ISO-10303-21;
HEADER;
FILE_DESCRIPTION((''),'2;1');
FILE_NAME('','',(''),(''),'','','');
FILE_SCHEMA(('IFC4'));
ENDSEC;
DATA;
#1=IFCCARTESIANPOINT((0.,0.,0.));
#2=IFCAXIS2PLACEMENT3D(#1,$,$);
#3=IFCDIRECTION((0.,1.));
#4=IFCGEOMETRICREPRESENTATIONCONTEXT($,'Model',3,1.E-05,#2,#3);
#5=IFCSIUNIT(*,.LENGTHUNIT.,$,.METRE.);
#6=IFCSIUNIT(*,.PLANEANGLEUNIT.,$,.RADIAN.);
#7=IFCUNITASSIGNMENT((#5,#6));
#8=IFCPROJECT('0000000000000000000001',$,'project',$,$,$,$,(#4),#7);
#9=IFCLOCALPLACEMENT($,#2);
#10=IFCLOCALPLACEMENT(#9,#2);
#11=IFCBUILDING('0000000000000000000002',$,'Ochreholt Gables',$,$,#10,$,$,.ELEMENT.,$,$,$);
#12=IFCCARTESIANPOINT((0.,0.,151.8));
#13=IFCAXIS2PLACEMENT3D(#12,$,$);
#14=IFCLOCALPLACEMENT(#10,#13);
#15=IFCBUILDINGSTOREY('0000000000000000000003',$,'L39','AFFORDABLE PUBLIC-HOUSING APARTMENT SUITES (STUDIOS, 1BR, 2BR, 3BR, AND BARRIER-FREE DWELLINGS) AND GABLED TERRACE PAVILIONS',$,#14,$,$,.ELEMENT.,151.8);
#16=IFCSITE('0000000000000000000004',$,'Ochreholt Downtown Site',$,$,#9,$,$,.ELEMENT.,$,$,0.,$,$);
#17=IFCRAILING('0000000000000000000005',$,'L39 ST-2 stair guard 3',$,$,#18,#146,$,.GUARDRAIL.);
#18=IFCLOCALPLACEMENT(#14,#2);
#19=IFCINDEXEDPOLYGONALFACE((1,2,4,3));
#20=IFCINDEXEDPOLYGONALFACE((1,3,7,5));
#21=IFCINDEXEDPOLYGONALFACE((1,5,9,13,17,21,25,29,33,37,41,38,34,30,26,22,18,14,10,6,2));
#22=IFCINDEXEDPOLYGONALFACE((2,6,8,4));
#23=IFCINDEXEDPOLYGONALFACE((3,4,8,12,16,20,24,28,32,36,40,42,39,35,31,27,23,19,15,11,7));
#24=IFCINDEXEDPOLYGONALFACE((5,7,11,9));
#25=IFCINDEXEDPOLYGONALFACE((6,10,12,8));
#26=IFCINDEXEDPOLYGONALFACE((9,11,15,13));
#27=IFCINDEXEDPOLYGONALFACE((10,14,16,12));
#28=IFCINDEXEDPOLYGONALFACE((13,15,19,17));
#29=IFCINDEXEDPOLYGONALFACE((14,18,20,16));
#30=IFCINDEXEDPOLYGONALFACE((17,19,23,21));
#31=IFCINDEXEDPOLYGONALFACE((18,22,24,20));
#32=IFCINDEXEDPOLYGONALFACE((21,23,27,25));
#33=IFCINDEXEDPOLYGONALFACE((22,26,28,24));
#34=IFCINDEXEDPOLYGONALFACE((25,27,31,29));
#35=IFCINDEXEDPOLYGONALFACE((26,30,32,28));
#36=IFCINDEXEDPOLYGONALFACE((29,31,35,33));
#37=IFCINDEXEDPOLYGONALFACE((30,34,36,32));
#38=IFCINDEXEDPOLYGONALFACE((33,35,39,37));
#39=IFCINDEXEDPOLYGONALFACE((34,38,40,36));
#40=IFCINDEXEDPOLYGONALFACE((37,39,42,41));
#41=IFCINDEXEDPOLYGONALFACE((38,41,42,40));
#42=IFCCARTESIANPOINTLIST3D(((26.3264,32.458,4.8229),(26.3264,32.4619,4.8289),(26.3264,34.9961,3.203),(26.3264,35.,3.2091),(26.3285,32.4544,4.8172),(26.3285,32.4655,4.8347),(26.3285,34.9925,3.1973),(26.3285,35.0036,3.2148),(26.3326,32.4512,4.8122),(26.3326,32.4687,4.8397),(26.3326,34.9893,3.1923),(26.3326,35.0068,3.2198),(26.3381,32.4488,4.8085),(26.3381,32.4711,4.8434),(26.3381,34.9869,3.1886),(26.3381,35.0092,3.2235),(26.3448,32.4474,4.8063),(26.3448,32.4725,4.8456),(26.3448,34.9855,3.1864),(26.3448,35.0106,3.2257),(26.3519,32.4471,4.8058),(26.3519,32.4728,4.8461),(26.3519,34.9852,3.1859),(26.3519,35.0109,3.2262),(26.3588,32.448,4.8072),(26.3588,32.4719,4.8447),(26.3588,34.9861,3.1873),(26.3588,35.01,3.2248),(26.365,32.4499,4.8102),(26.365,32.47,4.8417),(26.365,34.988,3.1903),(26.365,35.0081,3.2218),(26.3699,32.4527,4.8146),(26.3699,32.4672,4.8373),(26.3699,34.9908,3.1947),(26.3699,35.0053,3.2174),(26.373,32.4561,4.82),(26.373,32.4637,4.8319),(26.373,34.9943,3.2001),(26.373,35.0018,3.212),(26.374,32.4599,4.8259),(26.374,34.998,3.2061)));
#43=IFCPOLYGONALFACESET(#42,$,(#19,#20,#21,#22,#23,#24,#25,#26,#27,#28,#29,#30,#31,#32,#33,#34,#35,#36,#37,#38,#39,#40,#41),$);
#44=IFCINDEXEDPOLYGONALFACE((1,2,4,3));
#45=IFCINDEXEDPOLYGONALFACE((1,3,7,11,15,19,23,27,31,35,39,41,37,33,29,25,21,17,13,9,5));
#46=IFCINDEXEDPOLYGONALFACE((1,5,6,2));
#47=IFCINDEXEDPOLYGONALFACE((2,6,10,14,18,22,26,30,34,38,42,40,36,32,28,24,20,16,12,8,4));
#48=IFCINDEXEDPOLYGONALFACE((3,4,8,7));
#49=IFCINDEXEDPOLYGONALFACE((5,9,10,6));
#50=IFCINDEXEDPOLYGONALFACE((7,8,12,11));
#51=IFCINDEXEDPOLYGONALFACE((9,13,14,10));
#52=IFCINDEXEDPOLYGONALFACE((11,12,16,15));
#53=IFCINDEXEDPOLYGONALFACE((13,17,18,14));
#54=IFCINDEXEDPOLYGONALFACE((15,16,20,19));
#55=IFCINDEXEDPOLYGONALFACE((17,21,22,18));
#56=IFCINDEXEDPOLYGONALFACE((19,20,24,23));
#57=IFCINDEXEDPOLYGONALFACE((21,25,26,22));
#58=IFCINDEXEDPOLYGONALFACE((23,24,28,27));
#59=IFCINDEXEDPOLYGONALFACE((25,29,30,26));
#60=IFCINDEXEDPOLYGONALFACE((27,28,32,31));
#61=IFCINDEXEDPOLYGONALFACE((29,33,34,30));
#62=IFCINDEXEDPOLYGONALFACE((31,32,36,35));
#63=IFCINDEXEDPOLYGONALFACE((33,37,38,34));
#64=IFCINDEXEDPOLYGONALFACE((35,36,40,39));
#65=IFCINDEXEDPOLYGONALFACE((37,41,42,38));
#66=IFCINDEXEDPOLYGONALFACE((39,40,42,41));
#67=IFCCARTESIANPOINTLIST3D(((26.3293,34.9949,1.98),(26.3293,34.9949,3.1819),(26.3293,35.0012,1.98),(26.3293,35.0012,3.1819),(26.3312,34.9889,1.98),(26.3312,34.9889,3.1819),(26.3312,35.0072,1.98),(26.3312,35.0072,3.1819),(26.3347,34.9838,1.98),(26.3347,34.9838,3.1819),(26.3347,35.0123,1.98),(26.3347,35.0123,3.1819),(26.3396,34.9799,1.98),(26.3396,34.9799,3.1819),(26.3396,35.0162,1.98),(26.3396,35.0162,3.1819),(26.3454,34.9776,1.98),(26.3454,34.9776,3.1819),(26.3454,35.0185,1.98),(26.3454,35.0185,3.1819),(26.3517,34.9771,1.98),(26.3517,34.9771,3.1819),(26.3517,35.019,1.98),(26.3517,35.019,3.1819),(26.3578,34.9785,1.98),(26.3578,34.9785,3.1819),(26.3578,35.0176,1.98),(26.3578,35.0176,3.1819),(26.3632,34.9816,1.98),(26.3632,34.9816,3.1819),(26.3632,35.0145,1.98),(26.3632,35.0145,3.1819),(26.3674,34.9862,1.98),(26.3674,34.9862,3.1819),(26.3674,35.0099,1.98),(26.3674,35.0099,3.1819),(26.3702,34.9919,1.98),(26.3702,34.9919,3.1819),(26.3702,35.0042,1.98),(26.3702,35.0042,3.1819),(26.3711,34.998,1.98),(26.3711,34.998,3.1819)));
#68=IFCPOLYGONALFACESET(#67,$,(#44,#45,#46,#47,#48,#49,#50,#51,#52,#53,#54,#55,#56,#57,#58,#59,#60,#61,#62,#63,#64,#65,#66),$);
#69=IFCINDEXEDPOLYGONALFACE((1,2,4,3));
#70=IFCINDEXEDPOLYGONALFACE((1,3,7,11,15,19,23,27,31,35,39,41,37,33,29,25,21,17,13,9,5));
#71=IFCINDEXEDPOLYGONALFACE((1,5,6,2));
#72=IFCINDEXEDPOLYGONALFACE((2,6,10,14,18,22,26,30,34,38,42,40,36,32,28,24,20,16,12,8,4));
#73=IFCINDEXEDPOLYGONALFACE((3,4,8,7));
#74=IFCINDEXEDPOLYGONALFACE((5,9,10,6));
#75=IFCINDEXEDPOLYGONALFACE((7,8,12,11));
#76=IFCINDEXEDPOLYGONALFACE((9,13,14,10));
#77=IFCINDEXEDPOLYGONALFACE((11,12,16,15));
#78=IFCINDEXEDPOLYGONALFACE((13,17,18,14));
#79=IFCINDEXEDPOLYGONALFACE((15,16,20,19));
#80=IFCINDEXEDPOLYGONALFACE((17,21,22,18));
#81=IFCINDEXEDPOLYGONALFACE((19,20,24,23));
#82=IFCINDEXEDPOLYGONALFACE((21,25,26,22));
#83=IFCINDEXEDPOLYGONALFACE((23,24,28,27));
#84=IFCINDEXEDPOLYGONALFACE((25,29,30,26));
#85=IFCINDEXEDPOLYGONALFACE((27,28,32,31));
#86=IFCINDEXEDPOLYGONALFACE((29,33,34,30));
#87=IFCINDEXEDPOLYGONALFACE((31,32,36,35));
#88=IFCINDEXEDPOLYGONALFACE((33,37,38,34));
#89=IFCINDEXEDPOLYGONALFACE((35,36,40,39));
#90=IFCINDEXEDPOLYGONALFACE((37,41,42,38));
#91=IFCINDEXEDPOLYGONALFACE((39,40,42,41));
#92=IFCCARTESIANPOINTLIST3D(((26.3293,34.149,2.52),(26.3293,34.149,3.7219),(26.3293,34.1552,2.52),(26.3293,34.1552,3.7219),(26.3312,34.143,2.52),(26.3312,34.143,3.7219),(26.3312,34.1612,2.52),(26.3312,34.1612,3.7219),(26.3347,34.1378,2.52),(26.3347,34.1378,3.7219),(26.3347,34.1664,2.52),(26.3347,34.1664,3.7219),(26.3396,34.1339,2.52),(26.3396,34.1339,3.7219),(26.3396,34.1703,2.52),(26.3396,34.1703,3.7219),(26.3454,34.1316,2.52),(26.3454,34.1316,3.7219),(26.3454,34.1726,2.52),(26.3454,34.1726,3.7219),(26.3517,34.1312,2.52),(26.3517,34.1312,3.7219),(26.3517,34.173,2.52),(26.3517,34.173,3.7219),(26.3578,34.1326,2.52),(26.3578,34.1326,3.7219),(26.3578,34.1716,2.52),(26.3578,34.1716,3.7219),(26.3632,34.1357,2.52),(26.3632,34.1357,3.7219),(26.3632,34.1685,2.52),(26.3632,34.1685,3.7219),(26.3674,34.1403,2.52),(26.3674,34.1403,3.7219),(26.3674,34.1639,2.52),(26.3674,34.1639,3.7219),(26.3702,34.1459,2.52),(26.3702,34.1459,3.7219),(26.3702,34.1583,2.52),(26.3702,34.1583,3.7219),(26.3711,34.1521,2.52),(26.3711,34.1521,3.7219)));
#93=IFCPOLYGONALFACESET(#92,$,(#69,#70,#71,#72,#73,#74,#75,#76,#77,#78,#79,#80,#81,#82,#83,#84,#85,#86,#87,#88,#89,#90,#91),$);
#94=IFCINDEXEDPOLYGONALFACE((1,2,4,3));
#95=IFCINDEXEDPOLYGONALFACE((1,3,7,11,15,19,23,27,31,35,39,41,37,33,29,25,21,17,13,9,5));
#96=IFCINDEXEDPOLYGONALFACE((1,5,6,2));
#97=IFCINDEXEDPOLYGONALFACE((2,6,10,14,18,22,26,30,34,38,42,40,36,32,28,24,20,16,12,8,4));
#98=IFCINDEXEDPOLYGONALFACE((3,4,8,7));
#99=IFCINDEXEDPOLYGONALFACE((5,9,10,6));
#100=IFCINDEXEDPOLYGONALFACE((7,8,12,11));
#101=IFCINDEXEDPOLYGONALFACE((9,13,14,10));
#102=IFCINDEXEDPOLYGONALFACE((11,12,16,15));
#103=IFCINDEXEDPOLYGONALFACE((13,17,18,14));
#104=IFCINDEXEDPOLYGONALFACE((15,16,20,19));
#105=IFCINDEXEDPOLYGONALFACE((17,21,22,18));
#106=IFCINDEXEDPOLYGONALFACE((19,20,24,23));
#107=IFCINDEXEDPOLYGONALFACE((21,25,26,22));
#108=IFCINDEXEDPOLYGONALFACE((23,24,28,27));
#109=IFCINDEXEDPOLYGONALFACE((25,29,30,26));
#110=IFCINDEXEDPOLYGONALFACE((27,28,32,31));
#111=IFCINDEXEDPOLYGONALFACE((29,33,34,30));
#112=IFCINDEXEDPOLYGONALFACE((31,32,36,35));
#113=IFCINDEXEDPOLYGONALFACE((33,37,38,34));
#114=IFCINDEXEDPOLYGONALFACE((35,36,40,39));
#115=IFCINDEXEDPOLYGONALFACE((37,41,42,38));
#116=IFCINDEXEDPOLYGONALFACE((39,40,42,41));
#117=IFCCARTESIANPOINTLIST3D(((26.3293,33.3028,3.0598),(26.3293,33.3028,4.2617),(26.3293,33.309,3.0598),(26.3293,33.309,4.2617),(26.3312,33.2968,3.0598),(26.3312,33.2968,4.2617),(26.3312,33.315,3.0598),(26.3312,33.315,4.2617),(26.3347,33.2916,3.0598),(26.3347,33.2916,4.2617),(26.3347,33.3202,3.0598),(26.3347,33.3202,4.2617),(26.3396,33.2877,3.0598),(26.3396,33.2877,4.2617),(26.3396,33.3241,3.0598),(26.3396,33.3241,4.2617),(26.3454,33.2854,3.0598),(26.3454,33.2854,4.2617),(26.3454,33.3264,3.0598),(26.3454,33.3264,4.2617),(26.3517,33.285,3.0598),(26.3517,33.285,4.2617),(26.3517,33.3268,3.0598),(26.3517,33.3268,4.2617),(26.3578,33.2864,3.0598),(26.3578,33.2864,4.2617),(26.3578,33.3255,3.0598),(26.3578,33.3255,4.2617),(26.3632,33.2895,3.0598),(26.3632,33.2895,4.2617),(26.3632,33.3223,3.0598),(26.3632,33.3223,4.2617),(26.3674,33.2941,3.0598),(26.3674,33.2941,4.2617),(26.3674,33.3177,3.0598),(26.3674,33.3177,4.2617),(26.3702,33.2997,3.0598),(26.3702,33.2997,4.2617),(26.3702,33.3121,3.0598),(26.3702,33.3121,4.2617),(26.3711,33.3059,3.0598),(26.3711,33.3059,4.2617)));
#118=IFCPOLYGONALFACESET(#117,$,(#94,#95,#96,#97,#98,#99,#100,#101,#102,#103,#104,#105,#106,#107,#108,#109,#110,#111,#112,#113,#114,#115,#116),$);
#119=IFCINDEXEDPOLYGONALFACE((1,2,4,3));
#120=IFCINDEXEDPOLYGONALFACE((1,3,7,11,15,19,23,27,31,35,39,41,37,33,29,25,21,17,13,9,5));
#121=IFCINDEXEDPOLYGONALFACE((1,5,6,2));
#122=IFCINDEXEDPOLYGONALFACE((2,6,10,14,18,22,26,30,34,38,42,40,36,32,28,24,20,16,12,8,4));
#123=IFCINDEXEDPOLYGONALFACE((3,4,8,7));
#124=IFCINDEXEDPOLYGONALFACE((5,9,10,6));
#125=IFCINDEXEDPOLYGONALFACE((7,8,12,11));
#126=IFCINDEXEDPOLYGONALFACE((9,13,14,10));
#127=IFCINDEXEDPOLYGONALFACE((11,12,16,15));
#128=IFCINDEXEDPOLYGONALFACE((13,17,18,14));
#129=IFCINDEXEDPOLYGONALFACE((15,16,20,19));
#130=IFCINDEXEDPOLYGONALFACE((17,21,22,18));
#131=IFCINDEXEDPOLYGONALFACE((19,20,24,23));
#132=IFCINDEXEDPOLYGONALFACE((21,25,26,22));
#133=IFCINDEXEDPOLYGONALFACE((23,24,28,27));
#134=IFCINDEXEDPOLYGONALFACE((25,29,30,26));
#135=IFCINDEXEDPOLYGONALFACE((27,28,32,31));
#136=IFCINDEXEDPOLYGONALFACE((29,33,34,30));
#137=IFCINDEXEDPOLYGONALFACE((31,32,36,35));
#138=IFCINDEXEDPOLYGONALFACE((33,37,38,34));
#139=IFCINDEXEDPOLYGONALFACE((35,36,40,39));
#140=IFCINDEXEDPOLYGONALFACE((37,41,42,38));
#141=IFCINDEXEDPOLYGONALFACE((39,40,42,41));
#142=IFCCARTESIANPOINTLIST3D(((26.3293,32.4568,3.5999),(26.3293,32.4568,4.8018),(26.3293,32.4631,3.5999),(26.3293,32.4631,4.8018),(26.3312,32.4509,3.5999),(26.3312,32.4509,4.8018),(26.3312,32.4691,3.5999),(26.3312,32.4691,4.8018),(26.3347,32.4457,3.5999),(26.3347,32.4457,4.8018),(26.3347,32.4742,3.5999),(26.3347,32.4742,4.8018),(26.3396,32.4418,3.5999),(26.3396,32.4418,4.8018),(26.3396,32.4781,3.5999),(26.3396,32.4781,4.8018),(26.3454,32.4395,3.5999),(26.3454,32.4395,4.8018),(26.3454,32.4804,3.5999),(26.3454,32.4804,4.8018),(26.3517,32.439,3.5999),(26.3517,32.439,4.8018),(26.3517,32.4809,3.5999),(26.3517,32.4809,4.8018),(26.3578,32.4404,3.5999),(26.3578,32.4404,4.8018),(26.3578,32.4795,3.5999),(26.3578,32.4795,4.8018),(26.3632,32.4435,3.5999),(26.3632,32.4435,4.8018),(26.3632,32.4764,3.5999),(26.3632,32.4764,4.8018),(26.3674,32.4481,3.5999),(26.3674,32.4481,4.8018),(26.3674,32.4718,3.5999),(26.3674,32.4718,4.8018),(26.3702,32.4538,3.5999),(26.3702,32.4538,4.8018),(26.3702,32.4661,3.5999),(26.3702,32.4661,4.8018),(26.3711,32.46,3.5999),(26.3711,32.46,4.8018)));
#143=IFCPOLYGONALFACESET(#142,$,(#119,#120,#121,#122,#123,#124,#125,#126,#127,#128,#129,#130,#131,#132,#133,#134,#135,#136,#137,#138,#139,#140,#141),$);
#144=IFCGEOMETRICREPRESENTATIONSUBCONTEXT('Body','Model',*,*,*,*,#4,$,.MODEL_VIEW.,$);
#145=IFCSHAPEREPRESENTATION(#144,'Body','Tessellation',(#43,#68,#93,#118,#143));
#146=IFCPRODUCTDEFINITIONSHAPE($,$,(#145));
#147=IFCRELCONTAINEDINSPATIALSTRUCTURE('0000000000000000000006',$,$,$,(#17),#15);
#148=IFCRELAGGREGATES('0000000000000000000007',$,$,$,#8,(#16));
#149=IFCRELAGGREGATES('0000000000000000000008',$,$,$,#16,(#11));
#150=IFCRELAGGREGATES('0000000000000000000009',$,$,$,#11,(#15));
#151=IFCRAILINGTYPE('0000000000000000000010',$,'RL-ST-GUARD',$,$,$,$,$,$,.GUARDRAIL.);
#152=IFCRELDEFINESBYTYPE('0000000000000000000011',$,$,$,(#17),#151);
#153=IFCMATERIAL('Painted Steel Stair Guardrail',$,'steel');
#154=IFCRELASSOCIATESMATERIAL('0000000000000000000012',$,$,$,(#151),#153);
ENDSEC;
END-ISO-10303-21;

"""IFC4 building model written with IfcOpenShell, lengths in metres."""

from ifc_helpers import new_model, si_unit, direction, frame, origin, origin_2d, place, context, subcontext, project, spatial, circle, extrude, material, type_object, element, save


model = new_model("IFC4")

# Units and contexts
model_context = context("Model", 3, precision=1e-05, world=origin(), true_north=direction((0.0, 1.0)))
body_context = subcontext(model_context, "Body", "Model", "MODEL_VIEW")
ifc_project = project(units=[si_unit("LENGTHUNIT", "METRE"), si_unit("PLANEANGLEUNIT", "RADIAN")], contexts=[model_context])

# Site, building, storey
site_placement = place(None, origin())
site = spatial("IfcSite", under=ifc_project, at=site_placement, Name="Ochreholt Downtown Site", CompositionType="ELEMENT", RefElevation=0.0)
building_placement = place(site_placement, origin())
building = spatial("IfcBuilding", under=site, at=building_placement, Name="Ochreholt Gables", CompositionType="ELEMENT")
storey_placement = place(building_placement, frame((0.0, 0.0, 151.8)))
storey = spatial("IfcBuildingStorey", under=building, at=storey_placement, Name="L39", Description="AFFORDABLE PUBLIC-HOUSING APARTMENT SUITES (STUDIOS, 1BR, 2BR, 3BR, AND BARRIER-FREE DWELLINGS) AND GABLED TERRACE PAVILIONS", CompositionType="ELEMENT", Elevation=151.8)

# Railing
ifc_material_1 = material(Name="Painted Steel Stair Guardrail", Category="steel")
railing_type_1 = type_object("IfcRailingType", Name="RL-ST-GUARD", PredefinedType="GUARDRAIL", material=ifc_material_1)
railing_1_placement = place(storey_placement, frame((26.3501, 34.998, 1.98)))
element("IfcRailing", 1, at=railing_1_placement, inside=storey, type_object=railing_type_1, Name="L39 ST-2 stair guard 3", PredefinedType="GUARDRAIL", context=body_context, shape_type="SweptSolid", body=[
    extrude(circle(Radius=0.0239, at=origin_2d()), frame((0.0, 0.0, 1.2261), z_axis=(0.0, -0.84295, 0.537993), x_axis=(1.0, 0.0, 0.0)), (0.0, 0.0, 1.0), 3.011),
    extrude(circle(Radius=0.021, at=origin_2d()), origin(), (0.0, 0.0, 1.0), 1.2019),
    extrude(circle(Radius=0.021, at=origin_2d()), frame((0.0, -0.8459, 0.54)), (0.0, 0.0, 1.0), 1.2019),
    extrude(circle(Radius=0.021, at=origin_2d()), frame((0.0, -1.6921, 1.0798)), (0.0, 0.0, 1.0), 1.2019),
    extrude(circle(Radius=0.021, at=origin_2d()), frame((0.0, -2.5381, 1.6199)), (0.0, 0.0, 1.0), 1.2019),
])

save(model, "model.ifc")
